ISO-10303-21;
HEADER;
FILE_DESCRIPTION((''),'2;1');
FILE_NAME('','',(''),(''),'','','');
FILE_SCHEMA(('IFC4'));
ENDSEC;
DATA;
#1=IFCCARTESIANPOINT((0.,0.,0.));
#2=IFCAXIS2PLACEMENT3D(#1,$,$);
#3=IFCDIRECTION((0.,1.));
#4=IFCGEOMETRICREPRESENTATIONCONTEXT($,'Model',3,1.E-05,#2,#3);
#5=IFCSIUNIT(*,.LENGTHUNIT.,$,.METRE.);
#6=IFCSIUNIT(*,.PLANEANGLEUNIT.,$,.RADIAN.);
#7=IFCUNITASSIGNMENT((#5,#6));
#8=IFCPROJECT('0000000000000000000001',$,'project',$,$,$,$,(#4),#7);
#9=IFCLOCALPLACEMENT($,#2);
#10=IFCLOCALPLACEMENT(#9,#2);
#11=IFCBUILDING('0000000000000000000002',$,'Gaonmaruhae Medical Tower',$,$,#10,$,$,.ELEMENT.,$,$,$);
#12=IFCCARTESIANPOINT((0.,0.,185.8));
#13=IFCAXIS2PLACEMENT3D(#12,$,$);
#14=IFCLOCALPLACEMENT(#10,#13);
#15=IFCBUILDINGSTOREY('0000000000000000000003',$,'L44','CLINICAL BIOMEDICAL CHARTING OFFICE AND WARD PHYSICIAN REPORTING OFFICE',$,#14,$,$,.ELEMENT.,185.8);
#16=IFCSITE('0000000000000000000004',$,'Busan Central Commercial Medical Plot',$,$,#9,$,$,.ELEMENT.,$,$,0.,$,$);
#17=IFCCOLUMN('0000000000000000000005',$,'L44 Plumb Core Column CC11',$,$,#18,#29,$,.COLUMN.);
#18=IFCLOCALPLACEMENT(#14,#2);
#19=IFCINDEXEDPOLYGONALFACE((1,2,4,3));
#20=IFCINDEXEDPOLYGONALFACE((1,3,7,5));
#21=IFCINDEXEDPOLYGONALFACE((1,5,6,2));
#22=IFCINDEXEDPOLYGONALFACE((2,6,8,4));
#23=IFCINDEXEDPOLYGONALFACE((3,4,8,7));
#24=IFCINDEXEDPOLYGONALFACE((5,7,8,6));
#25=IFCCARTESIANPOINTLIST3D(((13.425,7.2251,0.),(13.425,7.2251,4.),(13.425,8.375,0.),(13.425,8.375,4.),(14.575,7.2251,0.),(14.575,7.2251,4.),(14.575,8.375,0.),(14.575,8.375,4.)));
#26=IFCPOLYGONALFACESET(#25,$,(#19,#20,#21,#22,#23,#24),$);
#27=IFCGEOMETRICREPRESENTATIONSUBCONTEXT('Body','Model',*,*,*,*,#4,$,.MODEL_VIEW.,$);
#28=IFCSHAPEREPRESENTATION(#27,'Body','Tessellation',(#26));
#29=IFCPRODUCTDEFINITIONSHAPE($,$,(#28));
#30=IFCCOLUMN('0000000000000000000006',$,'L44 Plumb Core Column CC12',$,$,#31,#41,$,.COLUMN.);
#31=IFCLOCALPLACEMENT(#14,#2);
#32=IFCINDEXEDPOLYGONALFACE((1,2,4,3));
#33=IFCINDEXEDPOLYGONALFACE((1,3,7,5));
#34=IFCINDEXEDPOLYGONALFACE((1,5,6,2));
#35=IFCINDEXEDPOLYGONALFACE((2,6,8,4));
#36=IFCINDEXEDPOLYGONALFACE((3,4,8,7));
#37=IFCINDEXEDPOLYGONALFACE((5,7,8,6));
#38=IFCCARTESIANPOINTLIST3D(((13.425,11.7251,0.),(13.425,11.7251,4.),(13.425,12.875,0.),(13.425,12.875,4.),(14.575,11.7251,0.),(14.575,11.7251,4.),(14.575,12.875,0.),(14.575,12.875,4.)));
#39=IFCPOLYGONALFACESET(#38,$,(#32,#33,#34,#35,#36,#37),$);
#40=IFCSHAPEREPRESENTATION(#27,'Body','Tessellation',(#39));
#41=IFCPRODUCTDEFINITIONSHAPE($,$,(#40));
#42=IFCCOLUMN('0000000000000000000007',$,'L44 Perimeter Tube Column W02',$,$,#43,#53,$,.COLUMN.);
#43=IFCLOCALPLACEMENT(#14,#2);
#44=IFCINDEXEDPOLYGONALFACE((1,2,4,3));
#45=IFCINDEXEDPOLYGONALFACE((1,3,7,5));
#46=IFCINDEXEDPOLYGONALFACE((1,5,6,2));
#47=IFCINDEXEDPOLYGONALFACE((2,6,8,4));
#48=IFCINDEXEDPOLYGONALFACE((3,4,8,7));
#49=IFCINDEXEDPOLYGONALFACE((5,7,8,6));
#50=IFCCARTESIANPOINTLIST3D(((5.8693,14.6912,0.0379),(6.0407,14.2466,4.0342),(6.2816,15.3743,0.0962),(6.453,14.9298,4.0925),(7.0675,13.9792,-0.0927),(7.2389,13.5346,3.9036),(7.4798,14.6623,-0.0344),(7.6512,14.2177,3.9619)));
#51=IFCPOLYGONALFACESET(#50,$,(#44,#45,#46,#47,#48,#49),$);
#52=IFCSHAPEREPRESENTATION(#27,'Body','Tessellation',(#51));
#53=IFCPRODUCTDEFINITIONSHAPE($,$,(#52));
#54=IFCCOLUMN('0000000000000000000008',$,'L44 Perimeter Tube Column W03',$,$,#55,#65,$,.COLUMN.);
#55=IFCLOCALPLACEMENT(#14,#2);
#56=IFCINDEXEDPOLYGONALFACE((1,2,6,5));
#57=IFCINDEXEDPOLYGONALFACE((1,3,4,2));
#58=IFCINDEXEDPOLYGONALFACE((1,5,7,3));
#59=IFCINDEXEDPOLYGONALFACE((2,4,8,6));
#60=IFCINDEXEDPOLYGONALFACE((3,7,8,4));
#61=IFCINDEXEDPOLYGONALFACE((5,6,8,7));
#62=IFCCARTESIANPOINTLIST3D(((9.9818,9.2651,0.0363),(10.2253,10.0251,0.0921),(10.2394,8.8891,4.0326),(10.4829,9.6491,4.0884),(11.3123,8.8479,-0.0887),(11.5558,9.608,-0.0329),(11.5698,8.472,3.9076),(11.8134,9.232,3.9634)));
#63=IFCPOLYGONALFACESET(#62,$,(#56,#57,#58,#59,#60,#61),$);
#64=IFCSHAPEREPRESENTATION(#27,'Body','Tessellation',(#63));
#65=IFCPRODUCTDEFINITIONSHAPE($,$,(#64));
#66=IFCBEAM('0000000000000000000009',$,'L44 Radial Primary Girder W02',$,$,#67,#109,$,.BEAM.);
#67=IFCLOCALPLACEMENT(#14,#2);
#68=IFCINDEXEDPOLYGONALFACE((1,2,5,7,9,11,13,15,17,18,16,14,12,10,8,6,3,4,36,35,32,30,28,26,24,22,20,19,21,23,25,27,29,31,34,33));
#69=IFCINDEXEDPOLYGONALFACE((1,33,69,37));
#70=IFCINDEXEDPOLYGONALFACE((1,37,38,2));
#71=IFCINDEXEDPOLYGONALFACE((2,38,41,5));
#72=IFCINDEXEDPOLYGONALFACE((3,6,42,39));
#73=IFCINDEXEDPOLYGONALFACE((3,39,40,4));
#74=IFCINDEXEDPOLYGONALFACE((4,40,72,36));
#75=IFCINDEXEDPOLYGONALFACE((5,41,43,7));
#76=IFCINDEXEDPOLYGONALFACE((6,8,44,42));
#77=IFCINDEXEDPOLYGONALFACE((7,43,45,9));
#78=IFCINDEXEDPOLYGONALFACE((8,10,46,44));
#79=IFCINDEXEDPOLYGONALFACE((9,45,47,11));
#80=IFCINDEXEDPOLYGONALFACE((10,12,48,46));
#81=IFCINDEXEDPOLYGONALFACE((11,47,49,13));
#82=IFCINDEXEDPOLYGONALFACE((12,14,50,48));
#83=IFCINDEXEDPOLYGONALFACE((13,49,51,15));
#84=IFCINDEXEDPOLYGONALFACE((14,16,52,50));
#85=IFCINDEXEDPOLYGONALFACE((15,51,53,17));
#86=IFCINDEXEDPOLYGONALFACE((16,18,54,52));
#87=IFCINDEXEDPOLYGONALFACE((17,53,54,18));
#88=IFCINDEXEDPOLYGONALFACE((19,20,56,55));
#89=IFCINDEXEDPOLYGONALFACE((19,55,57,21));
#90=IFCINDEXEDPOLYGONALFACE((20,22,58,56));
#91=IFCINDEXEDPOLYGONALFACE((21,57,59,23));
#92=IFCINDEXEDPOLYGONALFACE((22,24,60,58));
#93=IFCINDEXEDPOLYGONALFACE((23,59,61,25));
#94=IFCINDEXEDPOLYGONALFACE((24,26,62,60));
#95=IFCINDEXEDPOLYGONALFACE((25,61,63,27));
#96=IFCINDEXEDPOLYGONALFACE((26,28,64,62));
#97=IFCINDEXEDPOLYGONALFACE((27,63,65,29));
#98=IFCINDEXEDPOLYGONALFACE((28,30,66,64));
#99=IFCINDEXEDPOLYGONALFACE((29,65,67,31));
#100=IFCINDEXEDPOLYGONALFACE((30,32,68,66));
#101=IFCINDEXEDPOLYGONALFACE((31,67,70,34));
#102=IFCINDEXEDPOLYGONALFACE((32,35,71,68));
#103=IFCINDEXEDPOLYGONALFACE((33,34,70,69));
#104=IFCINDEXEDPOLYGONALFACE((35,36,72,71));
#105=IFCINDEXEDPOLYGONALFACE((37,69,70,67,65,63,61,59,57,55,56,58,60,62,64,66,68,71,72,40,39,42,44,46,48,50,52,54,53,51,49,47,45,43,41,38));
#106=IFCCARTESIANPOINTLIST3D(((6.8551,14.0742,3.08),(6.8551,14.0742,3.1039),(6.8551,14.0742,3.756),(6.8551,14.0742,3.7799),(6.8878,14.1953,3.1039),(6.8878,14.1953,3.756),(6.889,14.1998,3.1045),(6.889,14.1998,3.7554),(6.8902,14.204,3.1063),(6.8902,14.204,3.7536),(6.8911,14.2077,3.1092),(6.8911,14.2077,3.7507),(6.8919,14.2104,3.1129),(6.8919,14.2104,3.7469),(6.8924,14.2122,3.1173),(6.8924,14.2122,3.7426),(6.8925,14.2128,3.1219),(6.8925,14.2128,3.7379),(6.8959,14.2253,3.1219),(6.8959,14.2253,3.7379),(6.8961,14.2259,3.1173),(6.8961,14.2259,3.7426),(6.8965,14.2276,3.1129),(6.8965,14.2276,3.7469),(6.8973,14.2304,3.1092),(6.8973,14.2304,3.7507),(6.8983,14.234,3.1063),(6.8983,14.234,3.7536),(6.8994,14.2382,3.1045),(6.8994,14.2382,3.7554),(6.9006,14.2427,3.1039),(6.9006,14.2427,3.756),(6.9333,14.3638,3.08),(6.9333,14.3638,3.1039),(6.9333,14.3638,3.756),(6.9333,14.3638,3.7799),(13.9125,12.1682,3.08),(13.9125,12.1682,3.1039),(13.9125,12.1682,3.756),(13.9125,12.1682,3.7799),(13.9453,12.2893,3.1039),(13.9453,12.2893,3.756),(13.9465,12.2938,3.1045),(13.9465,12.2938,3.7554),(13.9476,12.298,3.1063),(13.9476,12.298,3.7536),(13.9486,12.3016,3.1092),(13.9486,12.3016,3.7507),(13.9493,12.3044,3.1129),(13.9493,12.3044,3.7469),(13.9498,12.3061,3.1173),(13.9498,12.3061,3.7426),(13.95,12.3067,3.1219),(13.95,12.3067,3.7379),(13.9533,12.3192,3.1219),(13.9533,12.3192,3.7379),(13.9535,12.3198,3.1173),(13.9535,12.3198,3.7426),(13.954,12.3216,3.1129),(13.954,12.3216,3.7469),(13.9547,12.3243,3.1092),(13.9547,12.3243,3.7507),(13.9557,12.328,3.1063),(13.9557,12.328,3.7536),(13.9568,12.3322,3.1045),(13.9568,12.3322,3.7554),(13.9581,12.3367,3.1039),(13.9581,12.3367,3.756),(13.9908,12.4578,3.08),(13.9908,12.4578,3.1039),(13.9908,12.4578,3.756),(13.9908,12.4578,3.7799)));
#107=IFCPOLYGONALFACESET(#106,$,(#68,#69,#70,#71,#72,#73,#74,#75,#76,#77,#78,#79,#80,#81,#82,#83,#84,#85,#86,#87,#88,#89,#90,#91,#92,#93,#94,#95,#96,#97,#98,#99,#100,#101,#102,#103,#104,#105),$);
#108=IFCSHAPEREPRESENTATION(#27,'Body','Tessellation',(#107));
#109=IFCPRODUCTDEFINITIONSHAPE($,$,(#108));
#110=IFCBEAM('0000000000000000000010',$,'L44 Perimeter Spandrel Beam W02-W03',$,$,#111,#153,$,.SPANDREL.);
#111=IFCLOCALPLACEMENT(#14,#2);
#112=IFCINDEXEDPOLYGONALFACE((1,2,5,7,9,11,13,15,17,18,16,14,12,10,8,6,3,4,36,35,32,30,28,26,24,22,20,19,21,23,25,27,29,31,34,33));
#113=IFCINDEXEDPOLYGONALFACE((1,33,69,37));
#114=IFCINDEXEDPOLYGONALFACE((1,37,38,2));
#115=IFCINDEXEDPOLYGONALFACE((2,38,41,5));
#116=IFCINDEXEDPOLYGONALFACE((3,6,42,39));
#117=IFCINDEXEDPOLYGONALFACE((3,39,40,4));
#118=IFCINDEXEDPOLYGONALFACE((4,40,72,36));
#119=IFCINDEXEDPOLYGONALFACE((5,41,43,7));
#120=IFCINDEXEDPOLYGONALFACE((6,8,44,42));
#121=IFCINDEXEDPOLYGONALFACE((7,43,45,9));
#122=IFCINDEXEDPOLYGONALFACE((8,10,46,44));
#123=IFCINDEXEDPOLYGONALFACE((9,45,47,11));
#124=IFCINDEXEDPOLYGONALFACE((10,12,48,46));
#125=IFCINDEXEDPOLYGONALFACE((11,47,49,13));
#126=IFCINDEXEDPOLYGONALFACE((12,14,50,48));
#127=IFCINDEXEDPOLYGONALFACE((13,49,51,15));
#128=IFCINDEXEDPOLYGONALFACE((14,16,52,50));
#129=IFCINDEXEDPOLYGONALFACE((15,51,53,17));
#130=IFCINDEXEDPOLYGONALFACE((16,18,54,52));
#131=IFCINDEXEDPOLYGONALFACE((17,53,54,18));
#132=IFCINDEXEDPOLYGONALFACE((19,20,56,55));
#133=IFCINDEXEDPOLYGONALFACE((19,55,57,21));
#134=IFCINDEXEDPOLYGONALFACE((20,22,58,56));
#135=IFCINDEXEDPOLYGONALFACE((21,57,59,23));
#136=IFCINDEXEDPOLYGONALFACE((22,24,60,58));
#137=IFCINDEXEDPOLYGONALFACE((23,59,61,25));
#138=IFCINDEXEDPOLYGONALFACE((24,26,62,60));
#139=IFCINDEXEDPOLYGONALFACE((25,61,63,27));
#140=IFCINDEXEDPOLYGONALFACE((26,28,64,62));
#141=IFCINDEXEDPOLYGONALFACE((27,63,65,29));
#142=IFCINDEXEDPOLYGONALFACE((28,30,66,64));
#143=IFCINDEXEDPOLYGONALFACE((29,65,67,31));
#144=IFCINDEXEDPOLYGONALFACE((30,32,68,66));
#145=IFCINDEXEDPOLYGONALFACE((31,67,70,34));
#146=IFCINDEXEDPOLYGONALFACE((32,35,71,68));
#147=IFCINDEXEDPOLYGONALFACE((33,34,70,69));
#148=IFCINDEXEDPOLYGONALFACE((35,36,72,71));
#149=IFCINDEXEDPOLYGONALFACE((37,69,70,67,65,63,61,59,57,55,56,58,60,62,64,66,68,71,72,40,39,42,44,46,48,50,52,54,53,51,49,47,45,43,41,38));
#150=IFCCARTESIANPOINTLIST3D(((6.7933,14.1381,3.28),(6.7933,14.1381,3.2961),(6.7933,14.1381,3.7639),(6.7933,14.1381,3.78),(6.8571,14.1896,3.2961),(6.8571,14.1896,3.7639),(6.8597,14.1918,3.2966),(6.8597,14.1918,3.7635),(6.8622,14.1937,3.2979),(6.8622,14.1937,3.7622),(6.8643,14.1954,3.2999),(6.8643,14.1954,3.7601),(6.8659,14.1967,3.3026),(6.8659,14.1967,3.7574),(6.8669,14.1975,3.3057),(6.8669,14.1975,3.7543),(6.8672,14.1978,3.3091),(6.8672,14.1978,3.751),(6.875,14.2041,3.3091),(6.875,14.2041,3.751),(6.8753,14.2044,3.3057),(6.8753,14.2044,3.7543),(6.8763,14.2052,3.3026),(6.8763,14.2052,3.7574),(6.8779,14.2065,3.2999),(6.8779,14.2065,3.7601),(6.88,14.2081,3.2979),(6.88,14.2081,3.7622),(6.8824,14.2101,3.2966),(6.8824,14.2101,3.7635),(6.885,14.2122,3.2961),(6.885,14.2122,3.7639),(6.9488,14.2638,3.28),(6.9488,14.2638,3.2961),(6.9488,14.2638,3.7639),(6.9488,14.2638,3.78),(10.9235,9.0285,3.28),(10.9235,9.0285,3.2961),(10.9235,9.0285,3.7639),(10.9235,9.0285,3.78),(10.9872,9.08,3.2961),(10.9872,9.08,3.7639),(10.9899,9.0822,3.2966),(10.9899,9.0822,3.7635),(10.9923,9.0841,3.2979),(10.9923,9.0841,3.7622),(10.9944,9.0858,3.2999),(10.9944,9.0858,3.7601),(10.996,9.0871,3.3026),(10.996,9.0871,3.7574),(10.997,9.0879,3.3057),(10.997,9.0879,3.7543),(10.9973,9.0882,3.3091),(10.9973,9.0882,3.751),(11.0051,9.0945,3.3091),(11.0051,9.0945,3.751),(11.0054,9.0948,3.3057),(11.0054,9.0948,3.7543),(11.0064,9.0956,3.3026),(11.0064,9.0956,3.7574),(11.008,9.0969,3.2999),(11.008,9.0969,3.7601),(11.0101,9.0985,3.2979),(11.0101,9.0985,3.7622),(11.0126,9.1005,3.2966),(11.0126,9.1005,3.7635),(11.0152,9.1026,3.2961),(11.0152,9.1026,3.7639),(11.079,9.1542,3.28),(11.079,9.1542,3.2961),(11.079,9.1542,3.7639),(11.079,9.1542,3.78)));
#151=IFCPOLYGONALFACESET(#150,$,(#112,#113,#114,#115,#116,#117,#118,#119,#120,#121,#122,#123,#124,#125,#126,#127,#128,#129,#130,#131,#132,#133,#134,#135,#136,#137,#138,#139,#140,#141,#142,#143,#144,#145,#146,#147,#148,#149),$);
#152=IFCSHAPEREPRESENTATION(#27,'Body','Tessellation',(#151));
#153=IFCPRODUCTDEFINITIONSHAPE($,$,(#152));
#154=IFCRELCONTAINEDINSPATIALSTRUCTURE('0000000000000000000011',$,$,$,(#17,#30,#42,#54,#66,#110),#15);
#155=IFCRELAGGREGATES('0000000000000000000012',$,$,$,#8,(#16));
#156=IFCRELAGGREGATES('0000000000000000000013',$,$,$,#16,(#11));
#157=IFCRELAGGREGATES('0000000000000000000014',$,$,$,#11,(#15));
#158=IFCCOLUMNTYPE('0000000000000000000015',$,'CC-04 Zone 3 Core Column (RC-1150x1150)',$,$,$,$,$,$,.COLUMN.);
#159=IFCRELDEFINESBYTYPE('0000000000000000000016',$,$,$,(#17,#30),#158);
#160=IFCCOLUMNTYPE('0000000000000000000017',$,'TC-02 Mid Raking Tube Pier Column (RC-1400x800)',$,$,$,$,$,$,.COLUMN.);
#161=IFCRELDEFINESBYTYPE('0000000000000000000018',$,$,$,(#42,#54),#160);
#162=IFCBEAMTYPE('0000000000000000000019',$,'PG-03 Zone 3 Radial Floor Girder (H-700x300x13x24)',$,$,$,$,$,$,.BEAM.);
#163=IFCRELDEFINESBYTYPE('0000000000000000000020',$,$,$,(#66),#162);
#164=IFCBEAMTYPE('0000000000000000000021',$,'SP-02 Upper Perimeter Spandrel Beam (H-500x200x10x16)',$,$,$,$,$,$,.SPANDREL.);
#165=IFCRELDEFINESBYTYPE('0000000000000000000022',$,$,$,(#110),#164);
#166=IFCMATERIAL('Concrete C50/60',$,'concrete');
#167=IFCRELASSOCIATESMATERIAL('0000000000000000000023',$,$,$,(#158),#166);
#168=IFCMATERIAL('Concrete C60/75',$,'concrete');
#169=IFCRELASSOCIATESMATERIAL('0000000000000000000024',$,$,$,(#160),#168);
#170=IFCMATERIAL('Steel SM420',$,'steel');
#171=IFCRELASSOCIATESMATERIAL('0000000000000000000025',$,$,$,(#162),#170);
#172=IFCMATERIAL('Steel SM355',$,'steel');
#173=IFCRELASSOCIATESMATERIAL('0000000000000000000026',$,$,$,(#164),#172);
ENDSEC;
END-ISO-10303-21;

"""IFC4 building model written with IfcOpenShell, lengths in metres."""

from ifc_helpers import new_model, si_unit, direction, frame, origin, origin_2d, place, context, subcontext, project, spatial, rectangle, i_section, extrude, material, material_profile, profile_set, type_object, element, save


model = new_model("IFC4")

# Units and contexts
model_context = context("Model", 3, precision=1e-05, world=origin(), true_north=direction((0.0, 1.0)))
body_context = subcontext(model_context, "Body", "Model", "MODEL_VIEW")
ifc_project = project(units=[si_unit("LENGTHUNIT", "METRE"), si_unit("PLANEANGLEUNIT", "RADIAN")], contexts=[model_context])

# Site, building, storey
site_placement = place(None, origin())
site = spatial("IfcSite", under=ifc_project, at=site_placement, Name="Busan Central Commercial Medical Plot", CompositionType="ELEMENT", RefElevation=0.0)
building_placement = place(site_placement, origin())
building = spatial("IfcBuilding", under=site, at=building_placement, Name="Gaonmaruhae Medical Tower", CompositionType="ELEMENT")
storey_placement = place(building_placement, frame((0.0, 0.0, 185.8)))
storey = spatial("IfcBuildingStorey", under=building, at=storey_placement, Name="L44", Description="CLINICAL BIOMEDICAL CHARTING OFFICE AND WARD PHYSICIAN REPORTING OFFICE", CompositionType="ELEMENT", Elevation=185.8)

# Columns
ifc_material_1 = material(Name="Concrete C50/60", Category="concrete")
ifc_material_profile_1 = material_profile(ifc_material_1, rectangle(XDim=1.1499, YDim=1.1499, at=origin_2d()), Name="RC-1150x1150")
ifc_profile_set_1 = profile_set([ifc_material_profile_1], Name="Concrete C50/60")
column_type_1 = type_object("IfcColumnType", Name="CC-04 Zone 3 Core Column (RC-1150x1150)", PredefinedType="COLUMN", material=ifc_profile_set_1)
for number, where, z_axis, x_axis, name in (
    (1, (14.0, 7.8, 0.0), (0.0, 0.0, 1.0), (1.0, 0.0, 0.0), "L44 Plumb Core Column CC11"),
    (2, (14.0, 12.3, 0.0), (0.0, 0.0, 1.0), (1.0, 0.0, 0.0), "L44 Plumb Core Column CC12"),
):
    element("IfcColumn", number, at=place(storey_placement, frame(where, z_axis=z_axis, x_axis=x_axis)), inside=storey, type_object=column_type_1, Name=name, PredefinedType="COLUMN", context=body_context, shape_type="SweptSolid", body=[
        extrude(rectangle(XDim=1.1499, YDim=1.1499, at=origin_2d()), origin(), (0.0, 0.0, 1.0), 4.0),
    ])
ifc_material_2 = material(Name="Concrete C60/75", Category="concrete")
ifc_material_profile_2 = material_profile(ifc_material_2, rectangle(XDim=1.3999, YDim=0.8, at=origin_2d()), Name="RC-1400x800")
ifc_profile_set_2 = profile_set([ifc_material_profile_2], Name="Concrete C60/75")
column_type_2 = type_object("IfcColumnType", Name="TC-02 Mid Raking Tube Pier Column (RC-1400x800)", PredefinedType="COLUMN", material=ifc_profile_set_2)
column_1_placement = place(storey_placement, frame((6.6746, 14.6768, 0.0017), z_axis=(0.042584, -0.110465, 0.992967), x_axis=(-0.855908, 0.508643, 0.093291)))
element("IfcColumn", 3, at=column_1_placement, inside=storey, type_object=column_type_2, Name="L44 Perimeter Tube Column W02", PredefinedType="COLUMN", context=body_context, shape_type="SweptSolid", body=[
    extrude(rectangle(XDim=1.3999, YDim=0.8, at=origin_2d()), origin(), (0.0, 0.0, 1.0), 4.0247),
])
column_2_placement = place(storey_placement, frame((10.7688, 9.4365, 0.0017), z_axis=(0.064036, -0.093474, 0.99356), x_axis=(-0.950395, 0.297956, 0.089286)))
element("IfcColumn", 4, at=column_2_placement, inside=storey, type_object=column_type_2, Name="L44 Perimeter Tube Column W03", PredefinedType="COLUMN", context=body_context, shape_type="SweptSolid", body=[
    extrude(rectangle(XDim=1.3999, YDim=0.8, at=origin_2d()), origin(), (0.0, 0.0, 1.0), 4.0222),
])

# Beams
ifc_material_3 = material(Name="Steel SM420", Category="steel")
ifc_material_profile_3 = material_profile(ifc_material_3, i_section(OverallWidth=0.3, OverallDepth=0.7, WebThickness=0.0129, FlangeThickness=0.0239, FilletRadius=0.0181, at=origin_2d()), Name="H-700x300x13x24")
ifc_profile_set_3 = profile_set([ifc_material_profile_3], Name="Steel SM420")
beam_type_1 = type_object("IfcBeamType", Name="PG-03 Zone 3 Radial Floor Girder (H-700x300x13x24)", PredefinedType="BEAM", material=ifc_profile_set_3)
beam_1_placement = place(storey_placement, frame((13.9517, 12.313, 3.4299), z_axis=(-0.965411, 0.260732, 0.0), x_axis=(-0.260732, -0.965411, 0.0)))
element("IfcBeam", 5, at=beam_1_placement, inside=storey, type_object=beam_type_1, Name="L44 Radial Primary Girder W02", PredefinedType="BEAM", context=body_context, shape_type="SweptSolid", body=[
    extrude(i_section(OverallWidth=0.3, OverallDepth=0.7, WebThickness=0.0129, FlangeThickness=0.0239, FilletRadius=0.0181, at=origin_2d()), origin(), (0.0, 0.0, 1.0), 7.3103),
])
ifc_material_4 = material(Name="Steel SM355", Category="steel")
ifc_material_profile_4 = material_profile(ifc_material_4, i_section(OverallWidth=0.2, OverallDepth=0.5, WebThickness=0.01, FlangeThickness=0.0161, FilletRadius=0.0129, at=origin_2d()), Name="H-500x200x10x16")
ifc_profile_set_4 = profile_set([ifc_material_profile_4], Name="Steel SM355")
beam_type_2 = type_object("IfcBeamType", Name="SP-02 Upper Perimeter Spandrel Beam (H-500x200x10x16)", PredefinedType="SPANDREL", material=ifc_profile_set_4)
beam_2_placement = place(storey_placement, frame((6.8711, 14.2009, 3.53), z_axis=(0.628625, -0.777708, 0.0), x_axis=(0.777708, 0.628625, 0.0)))
element("IfcBeam", 6, at=beam_2_placement, inside=storey, type_object=beam_type_2, Name="L44 Perimeter Spandrel Beam W02-W03", PredefinedType="SPANDREL", context=body_context, shape_type="SweptSolid", body=[
    extrude(i_section(OverallWidth=0.2, OverallDepth=0.5, WebThickness=0.01, FlangeThickness=0.0161, FilletRadius=0.0129, at=origin_2d()), origin(), (0.0, 0.0, 1.0), 6.5701),
])

save(model, "model.ifc")
